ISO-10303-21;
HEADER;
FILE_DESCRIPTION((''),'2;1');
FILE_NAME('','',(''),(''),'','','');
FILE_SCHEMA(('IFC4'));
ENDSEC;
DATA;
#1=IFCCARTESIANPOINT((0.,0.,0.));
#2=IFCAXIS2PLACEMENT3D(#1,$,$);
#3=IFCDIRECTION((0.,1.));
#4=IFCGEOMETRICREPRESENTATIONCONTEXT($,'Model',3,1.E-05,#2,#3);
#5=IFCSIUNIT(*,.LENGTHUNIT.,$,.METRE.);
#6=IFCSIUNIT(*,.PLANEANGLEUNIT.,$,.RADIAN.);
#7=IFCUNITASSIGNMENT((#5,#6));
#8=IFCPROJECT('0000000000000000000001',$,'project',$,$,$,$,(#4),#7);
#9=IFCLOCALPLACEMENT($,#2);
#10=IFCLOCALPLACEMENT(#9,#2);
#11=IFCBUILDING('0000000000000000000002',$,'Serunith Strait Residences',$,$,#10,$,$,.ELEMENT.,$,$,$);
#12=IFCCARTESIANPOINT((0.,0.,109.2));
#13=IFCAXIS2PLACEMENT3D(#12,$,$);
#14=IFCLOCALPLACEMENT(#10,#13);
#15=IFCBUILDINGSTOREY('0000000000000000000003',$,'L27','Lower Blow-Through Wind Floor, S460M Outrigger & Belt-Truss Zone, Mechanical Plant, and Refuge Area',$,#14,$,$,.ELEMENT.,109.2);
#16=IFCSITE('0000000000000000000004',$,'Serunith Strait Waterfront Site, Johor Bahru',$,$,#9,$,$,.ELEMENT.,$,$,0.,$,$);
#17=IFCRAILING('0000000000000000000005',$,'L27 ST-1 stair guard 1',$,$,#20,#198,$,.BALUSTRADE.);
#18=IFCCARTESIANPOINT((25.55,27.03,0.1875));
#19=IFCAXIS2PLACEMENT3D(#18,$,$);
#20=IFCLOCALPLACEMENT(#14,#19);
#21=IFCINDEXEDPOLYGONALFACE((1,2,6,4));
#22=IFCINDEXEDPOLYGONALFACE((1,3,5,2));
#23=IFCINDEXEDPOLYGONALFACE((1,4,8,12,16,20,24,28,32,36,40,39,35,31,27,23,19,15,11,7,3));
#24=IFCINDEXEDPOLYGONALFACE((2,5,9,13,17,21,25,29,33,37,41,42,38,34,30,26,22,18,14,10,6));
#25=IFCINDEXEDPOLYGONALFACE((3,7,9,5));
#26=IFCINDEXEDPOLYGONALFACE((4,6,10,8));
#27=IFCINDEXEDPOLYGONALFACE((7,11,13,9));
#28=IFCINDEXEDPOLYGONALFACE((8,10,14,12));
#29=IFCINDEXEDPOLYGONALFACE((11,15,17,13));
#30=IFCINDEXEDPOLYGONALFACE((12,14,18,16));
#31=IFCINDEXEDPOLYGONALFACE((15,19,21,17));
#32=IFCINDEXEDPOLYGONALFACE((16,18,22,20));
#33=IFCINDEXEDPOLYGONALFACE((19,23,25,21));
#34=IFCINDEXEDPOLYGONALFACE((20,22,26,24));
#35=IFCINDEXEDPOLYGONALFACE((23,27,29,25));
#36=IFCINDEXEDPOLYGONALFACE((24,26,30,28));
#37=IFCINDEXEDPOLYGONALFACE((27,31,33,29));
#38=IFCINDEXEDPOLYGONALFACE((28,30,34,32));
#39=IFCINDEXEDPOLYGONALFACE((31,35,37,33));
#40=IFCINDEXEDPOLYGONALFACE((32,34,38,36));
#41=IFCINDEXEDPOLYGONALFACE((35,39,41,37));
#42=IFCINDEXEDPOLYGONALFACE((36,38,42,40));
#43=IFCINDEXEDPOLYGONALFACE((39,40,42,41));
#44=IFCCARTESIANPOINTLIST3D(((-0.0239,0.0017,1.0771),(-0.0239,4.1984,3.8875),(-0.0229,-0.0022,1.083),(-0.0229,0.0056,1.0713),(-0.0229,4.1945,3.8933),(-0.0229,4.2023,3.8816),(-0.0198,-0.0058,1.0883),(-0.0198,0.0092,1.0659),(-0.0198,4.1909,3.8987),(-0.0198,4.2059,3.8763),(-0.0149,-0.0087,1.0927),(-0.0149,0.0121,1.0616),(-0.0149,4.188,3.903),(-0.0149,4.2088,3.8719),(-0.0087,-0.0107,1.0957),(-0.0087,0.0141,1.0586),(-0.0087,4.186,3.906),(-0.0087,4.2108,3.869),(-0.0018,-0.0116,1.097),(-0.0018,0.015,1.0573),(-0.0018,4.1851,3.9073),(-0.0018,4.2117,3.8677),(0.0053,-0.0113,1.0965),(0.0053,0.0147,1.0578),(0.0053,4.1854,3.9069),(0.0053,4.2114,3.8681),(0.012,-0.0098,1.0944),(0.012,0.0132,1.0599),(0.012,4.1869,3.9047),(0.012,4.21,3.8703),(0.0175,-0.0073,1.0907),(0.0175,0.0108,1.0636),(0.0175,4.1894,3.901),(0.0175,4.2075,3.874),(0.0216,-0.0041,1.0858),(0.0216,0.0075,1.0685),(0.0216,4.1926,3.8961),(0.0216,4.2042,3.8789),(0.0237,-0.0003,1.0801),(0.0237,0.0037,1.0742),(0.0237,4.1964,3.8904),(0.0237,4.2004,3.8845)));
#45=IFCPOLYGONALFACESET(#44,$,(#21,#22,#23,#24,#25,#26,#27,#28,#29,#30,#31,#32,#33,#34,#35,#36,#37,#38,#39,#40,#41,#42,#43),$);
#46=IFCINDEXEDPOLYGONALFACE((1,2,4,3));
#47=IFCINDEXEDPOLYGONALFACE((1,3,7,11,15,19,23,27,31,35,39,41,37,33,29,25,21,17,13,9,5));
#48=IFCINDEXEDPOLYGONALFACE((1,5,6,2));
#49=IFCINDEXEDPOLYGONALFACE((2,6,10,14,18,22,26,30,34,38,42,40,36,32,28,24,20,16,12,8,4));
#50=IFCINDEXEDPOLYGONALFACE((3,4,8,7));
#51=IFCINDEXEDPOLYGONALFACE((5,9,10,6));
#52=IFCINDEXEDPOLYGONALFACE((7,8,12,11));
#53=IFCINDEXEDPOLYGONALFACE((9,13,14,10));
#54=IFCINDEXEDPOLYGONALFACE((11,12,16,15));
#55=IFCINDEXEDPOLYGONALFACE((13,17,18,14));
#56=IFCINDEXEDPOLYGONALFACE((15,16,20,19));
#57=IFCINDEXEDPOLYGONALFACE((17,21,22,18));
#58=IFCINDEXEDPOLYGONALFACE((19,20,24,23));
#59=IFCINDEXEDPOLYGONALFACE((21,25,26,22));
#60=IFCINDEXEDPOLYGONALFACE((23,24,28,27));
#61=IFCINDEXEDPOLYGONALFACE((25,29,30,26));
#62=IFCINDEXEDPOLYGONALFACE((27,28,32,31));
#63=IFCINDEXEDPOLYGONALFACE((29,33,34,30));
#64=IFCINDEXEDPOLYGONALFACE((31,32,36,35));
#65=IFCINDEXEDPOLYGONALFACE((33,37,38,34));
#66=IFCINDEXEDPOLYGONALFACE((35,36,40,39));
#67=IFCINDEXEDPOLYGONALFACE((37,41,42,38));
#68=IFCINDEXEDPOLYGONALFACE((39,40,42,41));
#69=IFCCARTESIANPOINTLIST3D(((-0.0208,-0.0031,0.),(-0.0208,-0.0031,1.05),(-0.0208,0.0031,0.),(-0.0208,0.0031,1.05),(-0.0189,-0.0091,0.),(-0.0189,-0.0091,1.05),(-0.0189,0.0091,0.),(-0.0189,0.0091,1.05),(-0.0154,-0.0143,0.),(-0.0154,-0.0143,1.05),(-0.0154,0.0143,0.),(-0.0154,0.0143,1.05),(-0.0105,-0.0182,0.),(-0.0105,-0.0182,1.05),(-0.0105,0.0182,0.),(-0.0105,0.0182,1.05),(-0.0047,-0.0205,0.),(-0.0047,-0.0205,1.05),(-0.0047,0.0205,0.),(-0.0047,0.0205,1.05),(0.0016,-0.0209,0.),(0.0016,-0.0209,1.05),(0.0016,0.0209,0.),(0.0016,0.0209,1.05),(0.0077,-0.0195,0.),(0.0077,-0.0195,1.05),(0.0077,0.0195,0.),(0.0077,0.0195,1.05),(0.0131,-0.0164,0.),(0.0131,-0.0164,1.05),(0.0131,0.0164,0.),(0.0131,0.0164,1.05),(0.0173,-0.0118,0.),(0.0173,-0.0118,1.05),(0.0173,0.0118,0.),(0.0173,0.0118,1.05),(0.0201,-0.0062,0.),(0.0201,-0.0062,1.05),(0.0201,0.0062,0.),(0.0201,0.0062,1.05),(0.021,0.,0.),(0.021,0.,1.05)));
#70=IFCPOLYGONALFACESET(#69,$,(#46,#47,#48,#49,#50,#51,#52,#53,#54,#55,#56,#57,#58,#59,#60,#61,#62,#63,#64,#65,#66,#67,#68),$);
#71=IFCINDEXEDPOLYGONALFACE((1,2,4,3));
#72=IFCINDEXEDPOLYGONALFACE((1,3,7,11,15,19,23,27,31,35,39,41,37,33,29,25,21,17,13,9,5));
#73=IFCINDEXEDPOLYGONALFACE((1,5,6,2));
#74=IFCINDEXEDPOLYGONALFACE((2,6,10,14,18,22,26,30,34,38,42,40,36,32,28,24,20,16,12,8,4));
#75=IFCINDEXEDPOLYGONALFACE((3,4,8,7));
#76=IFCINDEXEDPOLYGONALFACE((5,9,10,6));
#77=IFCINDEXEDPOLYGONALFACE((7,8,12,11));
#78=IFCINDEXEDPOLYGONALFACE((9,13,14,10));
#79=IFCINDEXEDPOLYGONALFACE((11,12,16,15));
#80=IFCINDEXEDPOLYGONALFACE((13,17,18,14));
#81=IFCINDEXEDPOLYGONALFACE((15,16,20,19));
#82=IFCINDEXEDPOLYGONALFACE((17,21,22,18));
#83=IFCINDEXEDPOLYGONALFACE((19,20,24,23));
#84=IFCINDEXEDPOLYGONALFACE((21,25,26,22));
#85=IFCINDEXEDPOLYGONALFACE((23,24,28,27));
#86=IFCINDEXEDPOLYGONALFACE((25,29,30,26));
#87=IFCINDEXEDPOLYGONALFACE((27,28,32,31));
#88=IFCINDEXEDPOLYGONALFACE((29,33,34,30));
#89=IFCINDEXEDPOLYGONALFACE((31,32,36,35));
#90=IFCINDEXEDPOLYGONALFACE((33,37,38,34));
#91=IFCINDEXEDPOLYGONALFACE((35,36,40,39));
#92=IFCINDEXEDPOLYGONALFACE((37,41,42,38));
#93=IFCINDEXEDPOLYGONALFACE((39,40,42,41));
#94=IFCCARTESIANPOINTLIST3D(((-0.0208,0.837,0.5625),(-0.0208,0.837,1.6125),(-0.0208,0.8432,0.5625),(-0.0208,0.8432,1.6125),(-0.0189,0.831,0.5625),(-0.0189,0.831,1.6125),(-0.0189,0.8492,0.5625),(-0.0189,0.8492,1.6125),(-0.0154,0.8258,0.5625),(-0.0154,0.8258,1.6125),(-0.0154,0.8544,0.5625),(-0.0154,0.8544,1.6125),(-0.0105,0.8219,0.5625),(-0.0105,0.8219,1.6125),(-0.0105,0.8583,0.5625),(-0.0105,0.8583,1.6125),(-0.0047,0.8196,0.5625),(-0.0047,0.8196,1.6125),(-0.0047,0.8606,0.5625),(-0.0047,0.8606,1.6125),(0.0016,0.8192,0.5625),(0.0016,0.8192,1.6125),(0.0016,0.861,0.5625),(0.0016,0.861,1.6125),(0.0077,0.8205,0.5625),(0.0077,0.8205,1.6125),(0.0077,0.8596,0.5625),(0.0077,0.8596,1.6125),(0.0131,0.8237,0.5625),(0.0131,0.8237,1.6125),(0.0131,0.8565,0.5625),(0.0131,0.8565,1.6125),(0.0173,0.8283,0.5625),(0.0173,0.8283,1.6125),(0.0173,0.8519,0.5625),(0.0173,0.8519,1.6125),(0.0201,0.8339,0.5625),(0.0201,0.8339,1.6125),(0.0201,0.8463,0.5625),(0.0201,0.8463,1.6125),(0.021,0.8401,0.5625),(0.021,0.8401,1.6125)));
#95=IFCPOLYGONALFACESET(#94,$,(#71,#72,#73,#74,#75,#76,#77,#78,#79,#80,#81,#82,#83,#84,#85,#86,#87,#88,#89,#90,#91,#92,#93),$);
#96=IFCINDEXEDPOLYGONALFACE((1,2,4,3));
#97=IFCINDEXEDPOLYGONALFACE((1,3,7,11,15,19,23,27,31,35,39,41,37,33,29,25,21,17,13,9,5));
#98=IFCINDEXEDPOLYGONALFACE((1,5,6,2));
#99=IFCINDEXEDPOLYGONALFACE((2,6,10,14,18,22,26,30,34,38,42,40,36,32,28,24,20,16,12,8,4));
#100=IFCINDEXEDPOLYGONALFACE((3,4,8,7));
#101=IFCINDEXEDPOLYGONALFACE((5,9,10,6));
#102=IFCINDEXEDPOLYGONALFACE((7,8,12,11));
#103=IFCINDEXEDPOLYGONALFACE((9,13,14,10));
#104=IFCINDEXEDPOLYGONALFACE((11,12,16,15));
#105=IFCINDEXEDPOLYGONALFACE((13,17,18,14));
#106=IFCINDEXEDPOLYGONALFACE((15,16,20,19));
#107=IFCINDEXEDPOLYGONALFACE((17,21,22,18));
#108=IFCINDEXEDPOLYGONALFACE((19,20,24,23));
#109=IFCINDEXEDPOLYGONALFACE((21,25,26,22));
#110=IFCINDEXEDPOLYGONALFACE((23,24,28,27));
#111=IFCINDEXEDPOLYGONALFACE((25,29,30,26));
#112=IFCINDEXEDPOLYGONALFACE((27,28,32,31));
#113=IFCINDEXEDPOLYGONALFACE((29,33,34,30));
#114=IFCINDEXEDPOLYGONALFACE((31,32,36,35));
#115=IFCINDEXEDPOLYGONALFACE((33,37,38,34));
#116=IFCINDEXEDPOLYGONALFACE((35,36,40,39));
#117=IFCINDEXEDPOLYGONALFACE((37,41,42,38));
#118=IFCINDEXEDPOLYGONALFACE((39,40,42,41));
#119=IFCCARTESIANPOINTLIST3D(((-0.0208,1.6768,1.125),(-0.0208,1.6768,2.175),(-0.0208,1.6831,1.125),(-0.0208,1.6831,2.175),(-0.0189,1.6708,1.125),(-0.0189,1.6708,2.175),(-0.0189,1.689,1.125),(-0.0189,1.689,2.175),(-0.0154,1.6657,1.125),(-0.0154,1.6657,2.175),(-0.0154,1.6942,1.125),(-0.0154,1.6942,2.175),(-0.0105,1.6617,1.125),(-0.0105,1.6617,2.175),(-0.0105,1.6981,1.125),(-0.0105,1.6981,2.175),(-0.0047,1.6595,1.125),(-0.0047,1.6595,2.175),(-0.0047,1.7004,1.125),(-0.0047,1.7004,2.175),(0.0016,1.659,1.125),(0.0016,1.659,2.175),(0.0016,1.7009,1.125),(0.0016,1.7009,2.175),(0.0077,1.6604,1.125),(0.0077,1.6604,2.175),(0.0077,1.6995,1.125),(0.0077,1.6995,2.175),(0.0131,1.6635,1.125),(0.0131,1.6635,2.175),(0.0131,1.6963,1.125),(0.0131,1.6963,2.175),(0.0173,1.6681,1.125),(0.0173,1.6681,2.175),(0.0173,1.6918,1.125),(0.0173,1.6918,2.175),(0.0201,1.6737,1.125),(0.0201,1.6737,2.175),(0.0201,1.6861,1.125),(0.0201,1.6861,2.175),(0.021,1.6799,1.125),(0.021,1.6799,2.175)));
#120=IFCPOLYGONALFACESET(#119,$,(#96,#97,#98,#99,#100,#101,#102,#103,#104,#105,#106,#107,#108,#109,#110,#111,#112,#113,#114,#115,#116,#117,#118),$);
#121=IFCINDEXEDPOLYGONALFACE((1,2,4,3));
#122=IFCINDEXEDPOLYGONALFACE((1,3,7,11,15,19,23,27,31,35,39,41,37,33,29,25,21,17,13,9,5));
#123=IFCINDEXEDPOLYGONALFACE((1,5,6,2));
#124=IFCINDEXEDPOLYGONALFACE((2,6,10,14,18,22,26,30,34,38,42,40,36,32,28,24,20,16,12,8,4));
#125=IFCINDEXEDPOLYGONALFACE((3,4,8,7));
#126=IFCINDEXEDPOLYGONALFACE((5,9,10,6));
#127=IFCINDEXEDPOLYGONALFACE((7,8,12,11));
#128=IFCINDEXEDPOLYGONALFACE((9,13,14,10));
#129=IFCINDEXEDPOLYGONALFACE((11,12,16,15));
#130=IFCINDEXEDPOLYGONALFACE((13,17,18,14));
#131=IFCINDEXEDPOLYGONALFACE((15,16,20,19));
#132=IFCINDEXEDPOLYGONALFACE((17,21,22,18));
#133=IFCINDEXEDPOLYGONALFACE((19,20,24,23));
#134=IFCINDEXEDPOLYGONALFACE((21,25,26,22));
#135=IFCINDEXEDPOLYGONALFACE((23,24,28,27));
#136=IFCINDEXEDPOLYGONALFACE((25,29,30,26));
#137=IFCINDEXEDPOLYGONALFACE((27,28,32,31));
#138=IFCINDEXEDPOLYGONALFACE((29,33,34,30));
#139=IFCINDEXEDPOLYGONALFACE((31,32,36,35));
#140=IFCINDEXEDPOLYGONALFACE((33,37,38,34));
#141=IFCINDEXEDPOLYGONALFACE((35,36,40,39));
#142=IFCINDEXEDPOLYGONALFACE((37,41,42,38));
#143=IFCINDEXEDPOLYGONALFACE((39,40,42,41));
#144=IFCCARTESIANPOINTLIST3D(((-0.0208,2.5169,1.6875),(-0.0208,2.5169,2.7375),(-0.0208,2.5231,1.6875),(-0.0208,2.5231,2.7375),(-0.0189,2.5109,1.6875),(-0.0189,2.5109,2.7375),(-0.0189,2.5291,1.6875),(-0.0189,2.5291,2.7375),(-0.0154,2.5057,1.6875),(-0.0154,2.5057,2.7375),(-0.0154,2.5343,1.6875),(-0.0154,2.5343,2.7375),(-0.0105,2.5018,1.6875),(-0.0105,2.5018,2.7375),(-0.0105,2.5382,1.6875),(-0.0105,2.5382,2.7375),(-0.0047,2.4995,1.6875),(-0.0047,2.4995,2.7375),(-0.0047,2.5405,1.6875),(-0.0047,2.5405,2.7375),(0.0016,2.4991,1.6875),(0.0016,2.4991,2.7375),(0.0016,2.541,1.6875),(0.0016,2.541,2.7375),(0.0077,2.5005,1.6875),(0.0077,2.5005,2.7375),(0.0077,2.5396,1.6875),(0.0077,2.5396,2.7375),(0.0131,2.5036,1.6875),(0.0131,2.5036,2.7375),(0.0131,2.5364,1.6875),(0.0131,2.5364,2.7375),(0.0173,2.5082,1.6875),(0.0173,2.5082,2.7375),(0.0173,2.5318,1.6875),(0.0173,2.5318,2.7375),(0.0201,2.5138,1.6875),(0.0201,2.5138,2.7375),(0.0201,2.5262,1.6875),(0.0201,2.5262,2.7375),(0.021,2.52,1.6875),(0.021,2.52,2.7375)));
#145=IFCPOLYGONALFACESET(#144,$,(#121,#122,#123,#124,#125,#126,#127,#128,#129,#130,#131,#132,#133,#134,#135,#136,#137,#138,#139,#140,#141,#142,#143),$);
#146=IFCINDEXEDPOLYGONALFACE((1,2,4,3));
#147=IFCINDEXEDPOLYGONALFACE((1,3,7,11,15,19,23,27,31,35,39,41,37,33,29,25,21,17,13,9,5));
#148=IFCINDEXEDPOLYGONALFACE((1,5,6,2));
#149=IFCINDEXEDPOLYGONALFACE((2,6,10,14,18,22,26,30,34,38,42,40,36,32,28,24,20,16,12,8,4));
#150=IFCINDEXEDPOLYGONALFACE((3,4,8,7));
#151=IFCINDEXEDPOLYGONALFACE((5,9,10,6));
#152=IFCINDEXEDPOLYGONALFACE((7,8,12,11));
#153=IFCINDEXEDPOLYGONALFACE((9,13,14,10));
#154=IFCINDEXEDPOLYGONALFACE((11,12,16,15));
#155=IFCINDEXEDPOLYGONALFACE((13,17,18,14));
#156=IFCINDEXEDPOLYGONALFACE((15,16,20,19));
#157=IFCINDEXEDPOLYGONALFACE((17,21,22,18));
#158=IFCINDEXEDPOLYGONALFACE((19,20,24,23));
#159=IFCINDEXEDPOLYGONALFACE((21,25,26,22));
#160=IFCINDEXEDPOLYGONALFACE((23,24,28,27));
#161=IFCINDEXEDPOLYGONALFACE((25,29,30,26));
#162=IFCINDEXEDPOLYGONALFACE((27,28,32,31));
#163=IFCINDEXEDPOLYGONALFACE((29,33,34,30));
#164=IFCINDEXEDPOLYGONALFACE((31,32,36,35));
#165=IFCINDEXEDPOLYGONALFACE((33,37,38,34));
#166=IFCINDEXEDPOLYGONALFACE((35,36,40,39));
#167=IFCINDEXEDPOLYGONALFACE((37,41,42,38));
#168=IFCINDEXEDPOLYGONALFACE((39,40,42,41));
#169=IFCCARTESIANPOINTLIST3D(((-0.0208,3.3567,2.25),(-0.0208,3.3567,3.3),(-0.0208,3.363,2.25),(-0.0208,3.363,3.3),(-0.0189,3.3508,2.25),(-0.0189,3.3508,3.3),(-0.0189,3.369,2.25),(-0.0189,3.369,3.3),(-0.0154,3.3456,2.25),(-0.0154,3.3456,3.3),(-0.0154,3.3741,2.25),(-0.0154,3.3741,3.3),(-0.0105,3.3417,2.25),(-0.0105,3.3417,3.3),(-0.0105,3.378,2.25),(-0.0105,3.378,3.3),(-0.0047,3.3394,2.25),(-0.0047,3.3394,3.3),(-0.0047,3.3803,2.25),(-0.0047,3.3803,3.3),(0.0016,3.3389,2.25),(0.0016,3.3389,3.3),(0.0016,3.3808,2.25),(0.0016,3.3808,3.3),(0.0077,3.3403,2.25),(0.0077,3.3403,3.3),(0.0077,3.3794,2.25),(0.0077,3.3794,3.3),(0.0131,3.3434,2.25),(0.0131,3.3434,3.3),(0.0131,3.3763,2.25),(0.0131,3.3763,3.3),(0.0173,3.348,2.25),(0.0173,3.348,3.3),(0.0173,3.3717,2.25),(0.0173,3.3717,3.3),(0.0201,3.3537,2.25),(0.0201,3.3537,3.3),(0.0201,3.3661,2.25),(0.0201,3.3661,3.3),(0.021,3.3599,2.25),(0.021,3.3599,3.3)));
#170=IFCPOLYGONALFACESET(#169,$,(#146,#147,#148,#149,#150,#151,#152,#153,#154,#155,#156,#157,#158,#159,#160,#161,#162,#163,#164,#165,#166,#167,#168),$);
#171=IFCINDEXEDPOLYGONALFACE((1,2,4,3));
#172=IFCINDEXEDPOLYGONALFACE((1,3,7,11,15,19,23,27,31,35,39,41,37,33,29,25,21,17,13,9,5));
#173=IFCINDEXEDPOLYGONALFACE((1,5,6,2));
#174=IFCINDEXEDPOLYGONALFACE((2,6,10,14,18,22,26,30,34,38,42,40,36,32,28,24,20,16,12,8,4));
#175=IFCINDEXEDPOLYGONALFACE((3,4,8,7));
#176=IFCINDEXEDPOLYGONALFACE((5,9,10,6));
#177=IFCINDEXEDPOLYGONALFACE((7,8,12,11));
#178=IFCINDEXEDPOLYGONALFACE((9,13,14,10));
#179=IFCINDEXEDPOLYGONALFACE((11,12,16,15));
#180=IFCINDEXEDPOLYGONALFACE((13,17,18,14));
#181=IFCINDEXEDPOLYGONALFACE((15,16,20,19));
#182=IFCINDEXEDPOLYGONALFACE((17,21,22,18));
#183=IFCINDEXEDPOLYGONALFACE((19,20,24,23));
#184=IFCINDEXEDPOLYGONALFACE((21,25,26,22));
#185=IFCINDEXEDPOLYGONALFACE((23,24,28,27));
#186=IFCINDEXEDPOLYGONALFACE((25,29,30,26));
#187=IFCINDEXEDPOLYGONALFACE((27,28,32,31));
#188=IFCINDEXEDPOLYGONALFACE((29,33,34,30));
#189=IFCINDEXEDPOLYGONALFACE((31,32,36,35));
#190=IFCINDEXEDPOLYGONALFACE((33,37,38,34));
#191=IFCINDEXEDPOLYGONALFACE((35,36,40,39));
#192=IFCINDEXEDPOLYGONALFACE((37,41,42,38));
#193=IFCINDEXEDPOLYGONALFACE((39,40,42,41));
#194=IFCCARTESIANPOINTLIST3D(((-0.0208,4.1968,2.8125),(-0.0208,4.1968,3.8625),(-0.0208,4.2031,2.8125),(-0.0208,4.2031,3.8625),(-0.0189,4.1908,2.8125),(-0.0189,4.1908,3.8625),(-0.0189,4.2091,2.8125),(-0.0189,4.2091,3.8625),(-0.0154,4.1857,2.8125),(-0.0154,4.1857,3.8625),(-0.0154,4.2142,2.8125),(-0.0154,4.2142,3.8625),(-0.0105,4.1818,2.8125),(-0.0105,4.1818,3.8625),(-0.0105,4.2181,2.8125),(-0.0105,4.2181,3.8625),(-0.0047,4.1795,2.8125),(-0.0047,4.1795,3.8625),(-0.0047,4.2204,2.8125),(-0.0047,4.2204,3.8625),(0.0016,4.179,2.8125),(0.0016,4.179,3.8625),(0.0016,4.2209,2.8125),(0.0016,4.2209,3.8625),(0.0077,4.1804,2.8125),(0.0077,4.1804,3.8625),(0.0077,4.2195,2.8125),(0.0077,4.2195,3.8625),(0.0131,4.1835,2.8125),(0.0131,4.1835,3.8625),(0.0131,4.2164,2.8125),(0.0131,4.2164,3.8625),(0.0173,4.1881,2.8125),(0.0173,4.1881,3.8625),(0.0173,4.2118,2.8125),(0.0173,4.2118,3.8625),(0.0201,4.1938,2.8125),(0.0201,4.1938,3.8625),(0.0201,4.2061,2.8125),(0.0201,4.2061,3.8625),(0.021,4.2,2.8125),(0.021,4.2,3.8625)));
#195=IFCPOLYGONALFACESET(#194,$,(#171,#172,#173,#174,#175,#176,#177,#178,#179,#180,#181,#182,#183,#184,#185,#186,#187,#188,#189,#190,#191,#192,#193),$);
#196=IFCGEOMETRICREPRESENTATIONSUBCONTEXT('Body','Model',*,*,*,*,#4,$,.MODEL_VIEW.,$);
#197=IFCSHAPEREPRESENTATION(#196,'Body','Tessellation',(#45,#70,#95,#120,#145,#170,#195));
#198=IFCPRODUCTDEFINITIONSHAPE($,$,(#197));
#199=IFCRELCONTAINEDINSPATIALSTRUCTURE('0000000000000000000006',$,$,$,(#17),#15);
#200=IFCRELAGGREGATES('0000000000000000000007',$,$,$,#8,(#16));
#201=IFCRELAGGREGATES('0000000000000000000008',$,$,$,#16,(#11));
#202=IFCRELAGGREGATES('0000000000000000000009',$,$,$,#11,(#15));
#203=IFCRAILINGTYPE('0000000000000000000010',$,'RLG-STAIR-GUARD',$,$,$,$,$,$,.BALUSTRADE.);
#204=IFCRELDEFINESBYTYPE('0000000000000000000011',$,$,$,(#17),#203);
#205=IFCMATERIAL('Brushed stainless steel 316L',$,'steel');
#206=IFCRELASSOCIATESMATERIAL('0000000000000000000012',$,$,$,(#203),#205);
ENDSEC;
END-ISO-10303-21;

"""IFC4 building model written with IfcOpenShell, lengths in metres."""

from ifc_helpers import new_model, si_unit, direction, frame, origin, origin_2d, place, context, subcontext, project, spatial, circle, extrude, material, type_object, element, save


model = new_model("IFC4")

# Units and contexts
model_context = context("Model", 3, precision=1e-05, world=origin(), true_north=direction((0.0, 1.0)))
body_context = subcontext(model_context, "Body", "Model", "MODEL_VIEW")
ifc_project = project(units=[si_unit("LENGTHUNIT", "METRE"), si_unit("PLANEANGLEUNIT", "RADIAN")], contexts=[model_context])

# Site, building, storey
site_placement = place(None, origin())
site = spatial("IfcSite", under=ifc_project, at=site_placement, Name="Serunith Strait Waterfront Site, Johor Bahru", CompositionType="ELEMENT", RefElevation=0.0)
building_placement = place(site_placement, origin())
building = spatial("IfcBuilding", under=site, at=building_placement, Name="Serunith Strait Residences", CompositionType="ELEMENT")
storey_placement = place(building_placement, frame((0.0, 0.0, 109.2)))
storey = spatial("IfcBuildingStorey", under=building, at=storey_placement, Name="L27", Description="Lower Blow-Through Wind Floor, S460M Outrigger & Belt-Truss Zone, Mechanical Plant, and Refuge Area", CompositionType="ELEMENT", Elevation=109.2)

# Railing
ifc_material_1 = material(Name="Brushed stainless steel 316L", Category="steel")
railing_type_1 = type_object("IfcRailingType", Name="RLG-STAIR-GUARD", PredefinedType="BALUSTRADE", material=ifc_material_1)
railing_1_placement = place(storey_placement, frame((25.55, 27.03, 0.1875)))
element("IfcRailing", 1, at=railing_1_placement, inside=storey, type_object=railing_type_1, Name="L27 ST-1 stair guard 1", PredefinedType="BALUSTRADE", context=body_context, shape_type="SweptSolid", body=[
    extrude(circle(Radius=0.0239, at=origin_2d()), frame((0.0, 0.0017, 1.0771), z_axis=(0.0, 0.830904, 0.556416), x_axis=(-1.0, 0.0, 0.0)), (0.0, 0.0, 1.0), 5.0508),
    extrude(circle(Radius=0.021, at=origin_2d()), origin(), (0.0, 0.0, 1.0), 1.05),
    extrude(circle(Radius=0.021, at=origin_2d()), frame((0.0, 0.8401, 0.5625)), (0.0, 0.0, 1.0), 1.05),
    extrude(circle(Radius=0.021, at=origin_2d()), frame((0.0, 1.6799, 1.125)), (0.0, 0.0, 1.0), 1.05),
    extrude(circle(Radius=0.021, at=origin_2d()), frame((0.0, 2.52, 1.6875)), (0.0, 0.0, 1.0), 1.05),
    extrude(circle(Radius=0.021, at=origin_2d()), frame((0.0, 3.3599, 2.25)), (0.0, 0.0, 1.0), 1.05),
    extrude(circle(Radius=0.021, at=origin_2d()), frame((0.0, 4.2, 2.8125)), (0.0, 0.0, 1.0), 1.05),
])

save(model, "model.ifc")
